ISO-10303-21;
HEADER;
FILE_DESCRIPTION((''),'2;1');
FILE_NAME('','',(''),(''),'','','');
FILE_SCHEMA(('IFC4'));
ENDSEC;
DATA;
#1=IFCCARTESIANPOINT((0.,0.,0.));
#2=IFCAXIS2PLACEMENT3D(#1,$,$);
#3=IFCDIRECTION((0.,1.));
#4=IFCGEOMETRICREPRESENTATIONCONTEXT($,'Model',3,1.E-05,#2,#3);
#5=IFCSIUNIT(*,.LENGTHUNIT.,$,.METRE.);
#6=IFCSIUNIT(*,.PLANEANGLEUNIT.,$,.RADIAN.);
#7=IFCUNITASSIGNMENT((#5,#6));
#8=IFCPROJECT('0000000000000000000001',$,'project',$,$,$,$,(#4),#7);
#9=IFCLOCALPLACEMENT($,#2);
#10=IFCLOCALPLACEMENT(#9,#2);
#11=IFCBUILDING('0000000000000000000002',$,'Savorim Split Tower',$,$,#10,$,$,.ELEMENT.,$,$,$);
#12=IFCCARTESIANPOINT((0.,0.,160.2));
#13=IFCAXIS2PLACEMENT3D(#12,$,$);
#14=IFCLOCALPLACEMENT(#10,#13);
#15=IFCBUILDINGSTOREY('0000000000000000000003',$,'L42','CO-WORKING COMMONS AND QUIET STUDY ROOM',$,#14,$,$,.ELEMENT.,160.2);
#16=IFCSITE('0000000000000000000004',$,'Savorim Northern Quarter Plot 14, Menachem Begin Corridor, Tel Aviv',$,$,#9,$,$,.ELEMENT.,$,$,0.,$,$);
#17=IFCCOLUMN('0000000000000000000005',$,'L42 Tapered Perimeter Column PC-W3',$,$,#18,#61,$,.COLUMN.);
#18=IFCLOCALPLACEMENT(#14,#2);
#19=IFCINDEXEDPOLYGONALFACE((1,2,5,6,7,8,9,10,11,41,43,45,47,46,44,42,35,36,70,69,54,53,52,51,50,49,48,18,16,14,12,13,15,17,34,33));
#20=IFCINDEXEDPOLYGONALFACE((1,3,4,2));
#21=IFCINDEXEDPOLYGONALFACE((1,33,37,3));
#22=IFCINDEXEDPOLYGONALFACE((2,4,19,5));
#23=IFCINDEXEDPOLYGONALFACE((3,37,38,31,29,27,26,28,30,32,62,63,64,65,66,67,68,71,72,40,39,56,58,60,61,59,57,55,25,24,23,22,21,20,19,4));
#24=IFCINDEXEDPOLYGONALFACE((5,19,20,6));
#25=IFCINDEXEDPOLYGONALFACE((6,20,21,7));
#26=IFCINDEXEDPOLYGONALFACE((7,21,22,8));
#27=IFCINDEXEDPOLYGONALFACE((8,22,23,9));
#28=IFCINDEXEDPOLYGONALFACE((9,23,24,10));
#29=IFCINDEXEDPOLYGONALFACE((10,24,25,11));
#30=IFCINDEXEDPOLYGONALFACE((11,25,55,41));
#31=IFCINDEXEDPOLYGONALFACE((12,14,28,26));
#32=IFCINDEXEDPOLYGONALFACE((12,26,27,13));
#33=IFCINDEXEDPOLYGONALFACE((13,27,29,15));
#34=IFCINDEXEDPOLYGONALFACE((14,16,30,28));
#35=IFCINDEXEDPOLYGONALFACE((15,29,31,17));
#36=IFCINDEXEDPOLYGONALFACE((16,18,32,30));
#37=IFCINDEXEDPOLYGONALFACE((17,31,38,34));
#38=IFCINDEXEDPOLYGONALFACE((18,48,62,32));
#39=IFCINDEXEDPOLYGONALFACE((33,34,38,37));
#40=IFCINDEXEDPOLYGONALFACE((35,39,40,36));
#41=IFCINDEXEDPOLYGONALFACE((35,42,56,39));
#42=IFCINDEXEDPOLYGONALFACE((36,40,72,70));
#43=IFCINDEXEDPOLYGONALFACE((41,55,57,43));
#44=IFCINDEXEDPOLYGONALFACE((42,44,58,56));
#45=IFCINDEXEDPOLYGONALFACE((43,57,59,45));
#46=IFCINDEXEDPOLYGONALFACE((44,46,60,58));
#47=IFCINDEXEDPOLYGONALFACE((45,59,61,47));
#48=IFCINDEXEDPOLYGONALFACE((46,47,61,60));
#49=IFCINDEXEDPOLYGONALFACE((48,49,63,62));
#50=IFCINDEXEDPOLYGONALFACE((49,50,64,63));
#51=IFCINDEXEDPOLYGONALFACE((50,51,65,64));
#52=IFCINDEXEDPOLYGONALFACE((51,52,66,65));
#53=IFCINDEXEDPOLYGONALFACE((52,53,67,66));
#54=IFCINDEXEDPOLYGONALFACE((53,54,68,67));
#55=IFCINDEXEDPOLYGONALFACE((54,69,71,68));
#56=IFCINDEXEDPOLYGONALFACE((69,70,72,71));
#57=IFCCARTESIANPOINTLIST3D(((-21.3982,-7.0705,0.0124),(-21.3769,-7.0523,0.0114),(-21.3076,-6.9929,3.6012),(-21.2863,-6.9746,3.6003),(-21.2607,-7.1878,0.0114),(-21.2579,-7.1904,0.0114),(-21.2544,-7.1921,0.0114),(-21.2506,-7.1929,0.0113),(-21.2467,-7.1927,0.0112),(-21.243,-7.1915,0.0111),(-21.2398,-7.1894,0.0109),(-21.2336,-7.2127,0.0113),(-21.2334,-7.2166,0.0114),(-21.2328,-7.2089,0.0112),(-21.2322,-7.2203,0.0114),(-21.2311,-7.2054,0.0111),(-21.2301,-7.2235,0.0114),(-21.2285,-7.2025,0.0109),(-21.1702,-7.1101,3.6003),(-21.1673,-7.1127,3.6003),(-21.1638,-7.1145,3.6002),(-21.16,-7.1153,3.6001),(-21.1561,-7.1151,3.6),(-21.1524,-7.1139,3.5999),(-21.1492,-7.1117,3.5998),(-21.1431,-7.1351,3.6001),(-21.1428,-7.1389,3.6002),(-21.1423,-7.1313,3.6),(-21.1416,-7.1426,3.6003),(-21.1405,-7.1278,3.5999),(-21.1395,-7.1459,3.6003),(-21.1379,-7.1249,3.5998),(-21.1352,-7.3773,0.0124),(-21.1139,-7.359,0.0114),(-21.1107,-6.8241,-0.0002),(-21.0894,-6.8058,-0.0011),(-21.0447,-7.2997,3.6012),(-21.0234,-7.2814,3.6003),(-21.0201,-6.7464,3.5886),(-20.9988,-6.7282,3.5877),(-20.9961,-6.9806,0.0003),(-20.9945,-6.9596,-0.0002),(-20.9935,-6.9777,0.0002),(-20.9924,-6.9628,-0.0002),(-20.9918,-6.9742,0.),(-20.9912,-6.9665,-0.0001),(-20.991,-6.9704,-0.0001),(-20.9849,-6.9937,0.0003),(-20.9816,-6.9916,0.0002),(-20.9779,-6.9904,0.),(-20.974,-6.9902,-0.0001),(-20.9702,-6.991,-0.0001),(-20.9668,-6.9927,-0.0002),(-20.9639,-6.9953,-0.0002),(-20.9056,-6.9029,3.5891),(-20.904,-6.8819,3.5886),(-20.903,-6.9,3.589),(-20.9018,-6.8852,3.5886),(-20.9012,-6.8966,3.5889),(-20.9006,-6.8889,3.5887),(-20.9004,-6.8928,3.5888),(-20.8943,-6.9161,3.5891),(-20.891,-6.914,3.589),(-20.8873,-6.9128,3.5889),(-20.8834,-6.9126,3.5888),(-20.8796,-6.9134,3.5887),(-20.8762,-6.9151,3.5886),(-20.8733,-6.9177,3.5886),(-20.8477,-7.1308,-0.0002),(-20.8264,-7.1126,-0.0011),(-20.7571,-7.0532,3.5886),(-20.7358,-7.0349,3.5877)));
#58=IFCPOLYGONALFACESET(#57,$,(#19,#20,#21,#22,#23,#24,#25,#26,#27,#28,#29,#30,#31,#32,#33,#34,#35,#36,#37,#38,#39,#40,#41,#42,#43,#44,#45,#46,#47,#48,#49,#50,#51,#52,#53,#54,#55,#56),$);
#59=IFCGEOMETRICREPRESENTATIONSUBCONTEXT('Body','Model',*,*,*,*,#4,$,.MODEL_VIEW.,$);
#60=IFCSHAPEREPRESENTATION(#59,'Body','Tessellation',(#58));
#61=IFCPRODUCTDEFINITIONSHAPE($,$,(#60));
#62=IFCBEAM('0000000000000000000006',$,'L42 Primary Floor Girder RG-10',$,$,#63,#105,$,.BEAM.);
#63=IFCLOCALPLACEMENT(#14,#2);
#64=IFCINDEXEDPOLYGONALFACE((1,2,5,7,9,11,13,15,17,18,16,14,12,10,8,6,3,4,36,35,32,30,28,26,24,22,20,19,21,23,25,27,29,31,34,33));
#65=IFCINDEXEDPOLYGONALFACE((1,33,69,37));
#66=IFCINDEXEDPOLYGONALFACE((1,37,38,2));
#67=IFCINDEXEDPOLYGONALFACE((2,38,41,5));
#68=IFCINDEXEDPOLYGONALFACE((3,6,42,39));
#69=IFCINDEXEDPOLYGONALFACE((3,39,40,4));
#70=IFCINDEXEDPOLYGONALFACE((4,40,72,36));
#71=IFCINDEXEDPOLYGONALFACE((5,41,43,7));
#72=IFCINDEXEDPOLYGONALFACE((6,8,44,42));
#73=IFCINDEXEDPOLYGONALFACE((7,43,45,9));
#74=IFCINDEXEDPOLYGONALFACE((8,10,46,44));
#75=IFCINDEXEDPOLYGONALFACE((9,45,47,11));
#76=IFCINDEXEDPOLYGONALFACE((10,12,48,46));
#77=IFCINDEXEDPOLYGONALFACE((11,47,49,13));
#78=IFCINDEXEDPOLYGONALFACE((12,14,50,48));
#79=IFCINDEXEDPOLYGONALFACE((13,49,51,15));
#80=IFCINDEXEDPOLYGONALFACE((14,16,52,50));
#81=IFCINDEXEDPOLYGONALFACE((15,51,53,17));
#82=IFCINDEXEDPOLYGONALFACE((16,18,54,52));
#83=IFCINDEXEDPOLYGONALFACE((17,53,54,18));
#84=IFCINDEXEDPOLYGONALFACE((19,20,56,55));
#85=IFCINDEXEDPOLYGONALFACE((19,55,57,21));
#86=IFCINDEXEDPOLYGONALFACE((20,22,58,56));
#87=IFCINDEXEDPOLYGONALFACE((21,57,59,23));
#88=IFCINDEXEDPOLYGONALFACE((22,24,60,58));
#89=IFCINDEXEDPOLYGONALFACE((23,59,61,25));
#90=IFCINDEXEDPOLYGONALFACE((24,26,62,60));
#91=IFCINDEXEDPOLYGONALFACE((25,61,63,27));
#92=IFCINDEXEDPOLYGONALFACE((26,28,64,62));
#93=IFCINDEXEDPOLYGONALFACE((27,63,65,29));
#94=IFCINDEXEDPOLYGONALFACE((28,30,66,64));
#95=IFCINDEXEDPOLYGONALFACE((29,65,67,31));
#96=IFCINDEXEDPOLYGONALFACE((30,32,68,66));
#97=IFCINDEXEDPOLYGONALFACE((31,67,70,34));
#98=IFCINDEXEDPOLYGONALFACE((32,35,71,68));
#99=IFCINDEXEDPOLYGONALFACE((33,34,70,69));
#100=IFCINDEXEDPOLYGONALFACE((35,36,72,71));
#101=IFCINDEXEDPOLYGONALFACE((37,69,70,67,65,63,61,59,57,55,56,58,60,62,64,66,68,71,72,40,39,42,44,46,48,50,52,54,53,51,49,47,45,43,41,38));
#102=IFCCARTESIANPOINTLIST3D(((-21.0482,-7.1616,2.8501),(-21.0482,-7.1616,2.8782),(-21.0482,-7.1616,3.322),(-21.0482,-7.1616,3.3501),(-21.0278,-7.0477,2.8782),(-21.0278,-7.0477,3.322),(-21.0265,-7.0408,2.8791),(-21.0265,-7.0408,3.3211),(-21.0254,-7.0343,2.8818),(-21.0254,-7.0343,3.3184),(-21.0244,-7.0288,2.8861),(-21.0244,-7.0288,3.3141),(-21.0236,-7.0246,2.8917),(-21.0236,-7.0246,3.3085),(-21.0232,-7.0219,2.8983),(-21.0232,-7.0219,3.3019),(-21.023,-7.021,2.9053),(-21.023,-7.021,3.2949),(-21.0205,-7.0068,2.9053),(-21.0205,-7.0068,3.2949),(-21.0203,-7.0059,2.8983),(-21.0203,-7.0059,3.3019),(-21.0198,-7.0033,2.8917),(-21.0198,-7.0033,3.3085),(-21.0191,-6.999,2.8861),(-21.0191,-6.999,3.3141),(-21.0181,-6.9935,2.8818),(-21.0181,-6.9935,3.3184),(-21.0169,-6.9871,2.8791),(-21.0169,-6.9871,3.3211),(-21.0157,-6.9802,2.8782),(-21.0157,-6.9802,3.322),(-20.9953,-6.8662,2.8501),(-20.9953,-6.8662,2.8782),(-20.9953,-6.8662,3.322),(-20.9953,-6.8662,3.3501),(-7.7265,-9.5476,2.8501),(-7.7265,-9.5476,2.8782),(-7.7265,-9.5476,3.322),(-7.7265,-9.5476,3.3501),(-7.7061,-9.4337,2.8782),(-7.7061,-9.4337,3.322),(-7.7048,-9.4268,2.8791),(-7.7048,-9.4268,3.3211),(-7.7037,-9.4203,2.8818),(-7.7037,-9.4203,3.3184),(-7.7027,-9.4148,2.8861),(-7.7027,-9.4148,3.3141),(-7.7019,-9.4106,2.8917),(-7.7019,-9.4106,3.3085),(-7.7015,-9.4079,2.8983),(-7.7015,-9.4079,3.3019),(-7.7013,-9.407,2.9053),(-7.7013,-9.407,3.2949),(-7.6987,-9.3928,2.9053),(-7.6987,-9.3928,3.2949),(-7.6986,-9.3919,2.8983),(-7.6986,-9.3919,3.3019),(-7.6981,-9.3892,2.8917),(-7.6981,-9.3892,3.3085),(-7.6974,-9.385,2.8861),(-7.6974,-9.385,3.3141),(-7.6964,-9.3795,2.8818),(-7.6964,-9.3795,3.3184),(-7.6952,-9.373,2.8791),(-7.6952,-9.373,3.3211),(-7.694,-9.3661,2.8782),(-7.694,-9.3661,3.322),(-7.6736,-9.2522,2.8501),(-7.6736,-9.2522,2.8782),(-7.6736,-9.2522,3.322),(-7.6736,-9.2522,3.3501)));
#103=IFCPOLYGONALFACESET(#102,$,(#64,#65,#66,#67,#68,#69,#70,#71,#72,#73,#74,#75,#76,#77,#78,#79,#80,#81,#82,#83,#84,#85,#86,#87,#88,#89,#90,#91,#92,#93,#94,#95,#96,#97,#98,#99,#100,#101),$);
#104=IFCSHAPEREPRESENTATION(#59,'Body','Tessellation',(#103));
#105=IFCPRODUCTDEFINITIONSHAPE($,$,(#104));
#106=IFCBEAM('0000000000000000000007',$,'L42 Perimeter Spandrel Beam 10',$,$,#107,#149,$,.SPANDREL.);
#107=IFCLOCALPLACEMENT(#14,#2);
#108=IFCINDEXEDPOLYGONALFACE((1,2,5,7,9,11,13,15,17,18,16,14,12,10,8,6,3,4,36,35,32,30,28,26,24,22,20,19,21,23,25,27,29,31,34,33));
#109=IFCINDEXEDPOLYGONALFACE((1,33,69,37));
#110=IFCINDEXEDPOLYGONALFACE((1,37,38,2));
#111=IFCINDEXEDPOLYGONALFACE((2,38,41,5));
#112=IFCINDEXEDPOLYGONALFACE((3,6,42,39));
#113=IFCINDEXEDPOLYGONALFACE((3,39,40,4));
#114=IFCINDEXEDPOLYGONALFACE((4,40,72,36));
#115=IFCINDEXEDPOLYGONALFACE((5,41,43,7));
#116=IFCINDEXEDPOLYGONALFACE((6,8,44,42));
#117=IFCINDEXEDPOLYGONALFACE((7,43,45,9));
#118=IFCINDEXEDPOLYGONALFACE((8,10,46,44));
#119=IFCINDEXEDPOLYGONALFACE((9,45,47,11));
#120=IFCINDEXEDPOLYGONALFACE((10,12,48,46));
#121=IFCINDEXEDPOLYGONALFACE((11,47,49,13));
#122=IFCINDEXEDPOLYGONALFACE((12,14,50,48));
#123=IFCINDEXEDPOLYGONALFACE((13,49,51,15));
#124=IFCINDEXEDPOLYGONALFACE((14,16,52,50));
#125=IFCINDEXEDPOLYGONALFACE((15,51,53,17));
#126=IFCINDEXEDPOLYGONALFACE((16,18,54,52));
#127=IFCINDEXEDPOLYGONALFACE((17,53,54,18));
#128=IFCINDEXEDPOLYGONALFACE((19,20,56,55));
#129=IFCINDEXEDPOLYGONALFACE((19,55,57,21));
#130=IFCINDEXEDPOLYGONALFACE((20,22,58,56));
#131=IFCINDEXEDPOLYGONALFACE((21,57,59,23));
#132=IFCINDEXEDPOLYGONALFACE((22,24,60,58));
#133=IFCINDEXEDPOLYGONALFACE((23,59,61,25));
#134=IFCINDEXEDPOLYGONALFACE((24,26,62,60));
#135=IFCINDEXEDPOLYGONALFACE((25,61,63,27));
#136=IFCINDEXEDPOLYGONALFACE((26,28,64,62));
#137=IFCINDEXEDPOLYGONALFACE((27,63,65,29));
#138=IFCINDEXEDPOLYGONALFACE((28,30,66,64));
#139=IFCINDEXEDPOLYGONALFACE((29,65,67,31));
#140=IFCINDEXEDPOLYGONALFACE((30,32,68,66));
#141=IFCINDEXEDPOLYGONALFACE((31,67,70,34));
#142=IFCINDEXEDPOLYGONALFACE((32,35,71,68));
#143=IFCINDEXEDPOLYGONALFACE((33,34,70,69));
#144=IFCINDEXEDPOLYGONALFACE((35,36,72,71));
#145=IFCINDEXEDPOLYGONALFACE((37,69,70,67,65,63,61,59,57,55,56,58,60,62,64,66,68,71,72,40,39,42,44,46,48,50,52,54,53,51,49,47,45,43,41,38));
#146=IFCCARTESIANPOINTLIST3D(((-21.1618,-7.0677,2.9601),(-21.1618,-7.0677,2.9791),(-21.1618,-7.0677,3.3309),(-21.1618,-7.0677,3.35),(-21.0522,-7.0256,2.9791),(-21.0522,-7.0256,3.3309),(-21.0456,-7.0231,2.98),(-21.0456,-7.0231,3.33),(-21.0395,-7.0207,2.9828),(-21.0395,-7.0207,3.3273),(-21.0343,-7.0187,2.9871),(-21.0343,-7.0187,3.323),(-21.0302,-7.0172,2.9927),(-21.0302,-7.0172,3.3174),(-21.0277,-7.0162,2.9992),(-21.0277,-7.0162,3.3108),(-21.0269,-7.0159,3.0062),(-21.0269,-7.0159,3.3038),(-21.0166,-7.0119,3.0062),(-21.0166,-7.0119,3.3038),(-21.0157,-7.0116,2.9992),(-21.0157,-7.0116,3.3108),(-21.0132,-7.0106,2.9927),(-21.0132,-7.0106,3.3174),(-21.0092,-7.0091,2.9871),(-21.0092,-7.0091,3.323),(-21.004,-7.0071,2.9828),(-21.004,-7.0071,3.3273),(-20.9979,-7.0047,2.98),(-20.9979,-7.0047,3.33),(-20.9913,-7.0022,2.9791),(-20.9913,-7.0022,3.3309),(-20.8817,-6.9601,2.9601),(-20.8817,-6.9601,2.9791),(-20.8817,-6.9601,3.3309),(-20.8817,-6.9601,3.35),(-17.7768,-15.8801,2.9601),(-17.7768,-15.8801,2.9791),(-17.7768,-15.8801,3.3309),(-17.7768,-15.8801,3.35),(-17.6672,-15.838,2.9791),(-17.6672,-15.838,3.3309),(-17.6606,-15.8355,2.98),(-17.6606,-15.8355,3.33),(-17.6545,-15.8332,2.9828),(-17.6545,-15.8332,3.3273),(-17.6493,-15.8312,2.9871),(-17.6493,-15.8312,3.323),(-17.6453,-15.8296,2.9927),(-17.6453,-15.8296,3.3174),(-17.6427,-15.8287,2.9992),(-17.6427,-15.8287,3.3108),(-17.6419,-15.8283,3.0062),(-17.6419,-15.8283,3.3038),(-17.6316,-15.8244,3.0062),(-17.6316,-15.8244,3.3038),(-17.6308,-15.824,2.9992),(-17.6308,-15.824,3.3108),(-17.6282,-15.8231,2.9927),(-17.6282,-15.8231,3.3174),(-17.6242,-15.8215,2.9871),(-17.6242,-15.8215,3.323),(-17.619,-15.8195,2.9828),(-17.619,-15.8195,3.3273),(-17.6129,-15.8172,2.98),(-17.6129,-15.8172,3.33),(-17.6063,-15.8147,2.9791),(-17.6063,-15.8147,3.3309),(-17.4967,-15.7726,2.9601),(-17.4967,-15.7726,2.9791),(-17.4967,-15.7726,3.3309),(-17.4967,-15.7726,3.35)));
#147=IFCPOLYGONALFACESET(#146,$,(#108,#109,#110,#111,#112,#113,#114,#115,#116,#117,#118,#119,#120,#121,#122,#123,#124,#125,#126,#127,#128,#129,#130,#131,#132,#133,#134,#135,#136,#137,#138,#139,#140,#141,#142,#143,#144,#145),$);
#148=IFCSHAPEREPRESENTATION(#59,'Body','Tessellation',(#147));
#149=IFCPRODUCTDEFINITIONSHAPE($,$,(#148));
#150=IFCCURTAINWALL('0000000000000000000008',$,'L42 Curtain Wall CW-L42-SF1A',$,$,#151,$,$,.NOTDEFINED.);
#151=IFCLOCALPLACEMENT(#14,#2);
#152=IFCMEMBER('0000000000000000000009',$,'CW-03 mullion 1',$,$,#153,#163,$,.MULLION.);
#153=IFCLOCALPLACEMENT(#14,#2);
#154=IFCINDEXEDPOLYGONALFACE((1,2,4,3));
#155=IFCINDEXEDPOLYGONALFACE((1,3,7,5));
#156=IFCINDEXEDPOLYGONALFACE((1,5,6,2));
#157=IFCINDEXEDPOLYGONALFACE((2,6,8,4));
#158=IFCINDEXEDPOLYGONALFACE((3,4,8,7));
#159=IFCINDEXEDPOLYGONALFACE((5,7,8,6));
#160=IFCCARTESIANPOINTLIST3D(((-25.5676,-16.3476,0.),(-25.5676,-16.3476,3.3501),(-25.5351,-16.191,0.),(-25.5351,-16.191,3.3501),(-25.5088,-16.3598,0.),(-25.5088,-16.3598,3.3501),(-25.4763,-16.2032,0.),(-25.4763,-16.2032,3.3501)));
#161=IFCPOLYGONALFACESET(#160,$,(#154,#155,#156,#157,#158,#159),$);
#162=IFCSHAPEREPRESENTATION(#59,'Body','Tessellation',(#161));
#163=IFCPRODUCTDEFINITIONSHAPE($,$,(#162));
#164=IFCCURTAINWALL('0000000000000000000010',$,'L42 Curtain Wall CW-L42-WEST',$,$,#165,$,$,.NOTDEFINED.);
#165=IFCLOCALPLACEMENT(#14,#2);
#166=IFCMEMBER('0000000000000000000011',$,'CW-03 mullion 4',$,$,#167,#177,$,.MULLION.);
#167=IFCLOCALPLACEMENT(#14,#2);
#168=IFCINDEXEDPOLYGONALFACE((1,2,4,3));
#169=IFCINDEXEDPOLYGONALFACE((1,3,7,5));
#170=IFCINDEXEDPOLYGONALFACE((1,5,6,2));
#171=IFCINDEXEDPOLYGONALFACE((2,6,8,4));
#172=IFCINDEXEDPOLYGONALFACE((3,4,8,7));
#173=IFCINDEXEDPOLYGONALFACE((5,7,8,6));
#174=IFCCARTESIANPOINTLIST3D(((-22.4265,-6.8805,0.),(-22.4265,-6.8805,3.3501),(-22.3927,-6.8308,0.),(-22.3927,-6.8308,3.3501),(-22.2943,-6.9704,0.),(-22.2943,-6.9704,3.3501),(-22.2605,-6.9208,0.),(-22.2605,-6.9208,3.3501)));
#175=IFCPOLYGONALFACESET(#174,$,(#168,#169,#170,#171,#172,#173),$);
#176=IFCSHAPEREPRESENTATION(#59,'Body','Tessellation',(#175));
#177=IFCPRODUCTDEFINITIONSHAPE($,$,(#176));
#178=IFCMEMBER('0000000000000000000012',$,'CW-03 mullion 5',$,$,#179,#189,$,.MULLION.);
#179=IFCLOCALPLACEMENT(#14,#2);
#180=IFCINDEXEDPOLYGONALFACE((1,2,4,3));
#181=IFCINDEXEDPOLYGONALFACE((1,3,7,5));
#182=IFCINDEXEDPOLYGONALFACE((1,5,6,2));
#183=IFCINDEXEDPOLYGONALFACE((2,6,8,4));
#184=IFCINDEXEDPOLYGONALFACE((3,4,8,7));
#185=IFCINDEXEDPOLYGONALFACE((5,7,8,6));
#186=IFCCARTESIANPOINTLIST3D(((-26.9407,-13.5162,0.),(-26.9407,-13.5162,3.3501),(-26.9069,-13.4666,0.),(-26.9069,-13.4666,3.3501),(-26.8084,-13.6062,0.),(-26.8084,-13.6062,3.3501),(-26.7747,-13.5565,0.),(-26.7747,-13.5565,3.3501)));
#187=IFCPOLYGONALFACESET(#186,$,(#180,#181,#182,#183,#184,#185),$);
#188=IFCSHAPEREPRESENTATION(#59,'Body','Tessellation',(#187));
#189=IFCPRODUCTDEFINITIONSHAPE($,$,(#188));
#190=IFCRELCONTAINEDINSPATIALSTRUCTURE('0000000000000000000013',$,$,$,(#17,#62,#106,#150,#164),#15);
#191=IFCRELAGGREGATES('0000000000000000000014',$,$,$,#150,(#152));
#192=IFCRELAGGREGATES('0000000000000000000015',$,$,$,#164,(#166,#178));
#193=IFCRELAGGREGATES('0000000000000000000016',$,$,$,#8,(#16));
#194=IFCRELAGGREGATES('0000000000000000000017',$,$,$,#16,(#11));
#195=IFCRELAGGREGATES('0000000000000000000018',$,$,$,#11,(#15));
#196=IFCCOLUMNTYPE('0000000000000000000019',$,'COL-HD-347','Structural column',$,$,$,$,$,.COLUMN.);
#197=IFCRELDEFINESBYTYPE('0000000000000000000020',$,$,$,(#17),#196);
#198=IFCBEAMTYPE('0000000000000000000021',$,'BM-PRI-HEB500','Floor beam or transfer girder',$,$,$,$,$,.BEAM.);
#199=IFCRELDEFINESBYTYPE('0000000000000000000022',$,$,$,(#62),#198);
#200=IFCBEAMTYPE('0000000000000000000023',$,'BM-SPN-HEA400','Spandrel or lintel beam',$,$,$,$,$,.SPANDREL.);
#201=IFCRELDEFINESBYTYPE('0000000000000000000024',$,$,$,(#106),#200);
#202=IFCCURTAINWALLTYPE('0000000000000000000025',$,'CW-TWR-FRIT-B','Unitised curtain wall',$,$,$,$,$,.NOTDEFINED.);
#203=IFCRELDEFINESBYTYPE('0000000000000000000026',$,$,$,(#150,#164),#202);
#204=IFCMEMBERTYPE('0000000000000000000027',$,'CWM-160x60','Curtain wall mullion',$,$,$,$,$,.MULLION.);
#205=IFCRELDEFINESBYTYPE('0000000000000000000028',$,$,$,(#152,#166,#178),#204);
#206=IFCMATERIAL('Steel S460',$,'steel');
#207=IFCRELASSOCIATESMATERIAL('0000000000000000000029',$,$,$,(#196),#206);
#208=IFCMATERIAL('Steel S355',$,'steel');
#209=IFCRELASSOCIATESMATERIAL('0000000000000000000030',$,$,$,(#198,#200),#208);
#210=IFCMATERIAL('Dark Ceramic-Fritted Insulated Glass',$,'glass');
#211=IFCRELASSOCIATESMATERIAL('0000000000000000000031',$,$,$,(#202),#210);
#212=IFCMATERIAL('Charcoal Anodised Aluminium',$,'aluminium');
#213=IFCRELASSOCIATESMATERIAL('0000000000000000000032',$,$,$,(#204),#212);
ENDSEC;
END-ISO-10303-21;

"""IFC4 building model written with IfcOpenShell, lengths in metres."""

from ifc_helpers import new_model, si_unit, direction, frame, origin, origin_2d, place, context, subcontext, project, spatial, rectangle, i_section, extrude, material, material_profile, profile_set, type_object, element, aggregate, save


model = new_model("IFC4")

# Units and contexts
model_context = context("Model", 3, precision=1e-05, world=origin(), true_north=direction((0.0, 1.0)))
body_context = subcontext(model_context, "Body", "Model", "MODEL_VIEW")
ifc_project = project(units=[si_unit("LENGTHUNIT", "METRE"), si_unit("PLANEANGLEUNIT", "RADIAN")], contexts=[model_context])

# Site, building, storey
site_placement = place(None, origin())
site = spatial("IfcSite", under=ifc_project, at=site_placement, Name="Savorim Northern Quarter Plot 14, Menachem Begin Corridor, Tel Aviv", CompositionType="ELEMENT", RefElevation=0.0)
building_placement = place(site_placement, origin())
building = spatial("IfcBuilding", under=site, at=building_placement, Name="Savorim Split Tower", CompositionType="ELEMENT")
storey_placement = place(building_placement, frame((0.0, 0.0, 160.2)))
storey = spatial("IfcBuildingStorey", under=building, at=storey_placement, Name="L42", Description="CO-WORKING COMMONS AND QUIET STUDY ROOM", CompositionType="ELEMENT", Elevation=160.2)

# Column
ifc_material_1 = material(Name="Steel S460", Category="steel")
ifc_material_profile_1 = material_profile(ifc_material_1, i_section(OverallWidth=0.4041, OverallDepth=0.407, WebThickness=0.0173, FlangeThickness=0.0281, FilletRadius=0.0149, at=origin_2d()), Name="HD 400x347")
ifc_profile_set_1 = profile_set([ifc_material_profile_1], Name="Steel S460")
column_type = type_object("IfcColumnType", Name="COL-HD-347", Description="Structural column", PredefinedType="COLUMN", material=ifc_profile_set_1)
column_placement = place(storey_placement, frame((-21.1123, -7.0916, 0.0056), z_axis=(0.025224, 0.021621, 0.999448), x_axis=(-0.650791, 0.759257, 0.0)))
element("IfcColumn", 1, at=column_placement, inside=storey, type_object=column_type, Name="L42 Tapered Perimeter Column PC-W3", PredefinedType="COLUMN", context=body_context, shape_type="SweptSolid", body=[
    extrude(i_section(OverallWidth=0.4041, OverallDepth=0.407, WebThickness=0.0173, FlangeThickness=0.0281, FilletRadius=0.0149, at=origin_2d()), origin(), (0.0, 0.0, 1.0), 3.5908),
])

# Beams
ifc_material_2 = material(Name="Steel S355", Category="steel")
ifc_material_profile_2 = material_profile(ifc_material_2, i_section(OverallWidth=0.3, OverallDepth=0.5, WebThickness=0.0144, FlangeThickness=0.0281, FilletRadius=0.0271, at=origin_2d()), Name="HEB 500")
ifc_profile_set_2 = profile_set([ifc_material_profile_2], Name="Steel S355")
beam_type_1 = type_object("IfcBeamType", Name="BM-PRI-HEB500", Description="Floor beam or transfer girder", PredefinedType="BEAM", material=ifc_profile_set_2)
beam_1_placement = place(storey_placement, frame((-21.0217, -7.0139, 3.1001), z_axis=(0.984337, -0.176299, 0.0), x_axis=(0.176299, 0.984337, 0.0)))
element("IfcBeam", 2, at=beam_1_placement, inside=storey, type_object=beam_type_1, Name="L42 Primary Floor Girder RG-10", PredefinedType="BEAM", context=body_context, shape_type="SweptSolid", body=[
    extrude(i_section(OverallWidth=0.3, OverallDepth=0.5, WebThickness=0.0144, FlangeThickness=0.0281, FilletRadius=0.0271, at=origin_2d()), origin(), (0.0, 0.0, 1.0), 13.5337),
])
ifc_material_profile_3 = material_profile(ifc_material_2, i_section(OverallWidth=0.3, OverallDepth=0.3899, WebThickness=0.011, FlangeThickness=0.019, FilletRadius=0.0271, at=origin_2d()), Name="HEA 400")
ifc_profile_set_3 = profile_set([ifc_material_profile_3], Name="Steel S355")
beam_type_2 = type_object("IfcBeamType", Name="BM-SPN-HEA400", Description="Spandrel or lintel beam", PredefinedType="SPANDREL", material=ifc_profile_set_3)
beam_2_placement = place(storey_placement, frame((-21.0217, -7.0139, 3.155), z_axis=(0.358572, -0.933502, 0.0), x_axis=(0.933502, 0.358572, 0.0)))
element("IfcBeam", 3, at=beam_2_placement, inside=storey, type_object=beam_type_2, Name="L42 Perimeter Spandrel Beam 10", PredefinedType="SPANDREL", context=body_context, shape_type="SweptSolid", body=[
    extrude(i_section(OverallWidth=0.3, OverallDepth=0.3899, WebThickness=0.011, FlangeThickness=0.019, FilletRadius=0.0271, at=origin_2d()), origin(), (0.0, 0.0, 1.0), 9.4402),
])

# Curtain wall, member
ifc_material_3 = material(Name="Dark Ceramic-Fritted Insulated Glass", Category="glass")
curtain_wall_type = type_object("IfcCurtainWallType", Name="CW-TWR-FRIT-B", Description="Unitised curtain wall", PredefinedType="NOTDEFINED", material=ifc_material_3)
curtain_wall_1_placement = place(storey_placement, origin())
curtain_wall_1 = element("IfcCurtainWall", 4, at=curtain_wall_1_placement, inside=storey, type_object=curtain_wall_type, Name="L42 Curtain Wall CW-L42-SF1A", PredefinedType="NOTDEFINED")
ifc_material_4 = material(Name="Charcoal Anodised Aluminium", Category="aluminium")
ifc_material_profile_4 = material_profile(ifc_material_4, rectangle(XDim=0.1599, YDim=0.0601, at=origin_2d()), Name="ALU-M 160x60")
ifc_profile_set_4 = profile_set([ifc_material_profile_4], Name="Charcoal Anodised Aluminium")
member_type_1 = type_object("IfcMemberType", Name="CWM-160x60", Description="Curtain wall mullion", PredefinedType="MULLION", material=ifc_profile_set_4)
member_1_placement = place(storey_placement, frame((-25.522, -16.2754, 0.0), z_axis=(0.0, 0.0, 1.0), x_axis=(0.203212, 0.979135, 0.0)))
member_1 = element("IfcMember", 5, at=member_1_placement, type_object=member_type_1, Name="CW-03 mullion 1", PredefinedType="MULLION", context=body_context, shape_type="SweptSolid", body=[
    extrude(rectangle(XDim=0.1599, YDim=0.0601, at=origin_2d()), origin(), (0.0, 0.0, 1.0), 3.3501),
])

# Curtain wall, members
curtain_wall_2_placement = place(storey_placement, origin())
curtain_wall_2 = element("IfcCurtainWall", 6, at=curtain_wall_2_placement, inside=storey, type_object=curtain_wall_type, Name="L42 Curtain Wall CW-L42-WEST", PredefinedType="NOTDEFINED")
member_2_placement = place(storey_placement, frame((-22.3435, -6.9006, 0.0), z_axis=(0.0, 0.0, 1.0), x_axis=(0.82682, -0.562466, 0.0)))
member_2 = element("IfcMember", 7, at=member_2_placement, type_object=member_type_1, Name="CW-03 mullion 4", PredefinedType="MULLION", context=body_context, shape_type="SweptSolid", body=[
    extrude(rectangle(XDim=0.1599, YDim=0.0601, at=origin_2d()), origin(), (0.0, 0.0, 1.0), 3.3501),
])
member_3_placement = place(storey_placement, frame((-26.8577, -13.5364, 0.0), z_axis=(0.0, 0.0, 1.0), x_axis=(0.82682, -0.562466, 0.0)))
member_3 = element("IfcMember", 8, at=member_3_placement, type_object=member_type_1, Name="CW-03 mullion 5", PredefinedType="MULLION", context=body_context, shape_type="SweptSolid", body=[
    extrude(rectangle(XDim=0.1599, YDim=0.0601, at=origin_2d()), origin(), (0.0, 0.0, 1.0), 3.3501),
])

aggregate(curtain_wall_1, [member_1])
aggregate(curtain_wall_2, [member_2, member_3])

save(model, "model.ifc")
